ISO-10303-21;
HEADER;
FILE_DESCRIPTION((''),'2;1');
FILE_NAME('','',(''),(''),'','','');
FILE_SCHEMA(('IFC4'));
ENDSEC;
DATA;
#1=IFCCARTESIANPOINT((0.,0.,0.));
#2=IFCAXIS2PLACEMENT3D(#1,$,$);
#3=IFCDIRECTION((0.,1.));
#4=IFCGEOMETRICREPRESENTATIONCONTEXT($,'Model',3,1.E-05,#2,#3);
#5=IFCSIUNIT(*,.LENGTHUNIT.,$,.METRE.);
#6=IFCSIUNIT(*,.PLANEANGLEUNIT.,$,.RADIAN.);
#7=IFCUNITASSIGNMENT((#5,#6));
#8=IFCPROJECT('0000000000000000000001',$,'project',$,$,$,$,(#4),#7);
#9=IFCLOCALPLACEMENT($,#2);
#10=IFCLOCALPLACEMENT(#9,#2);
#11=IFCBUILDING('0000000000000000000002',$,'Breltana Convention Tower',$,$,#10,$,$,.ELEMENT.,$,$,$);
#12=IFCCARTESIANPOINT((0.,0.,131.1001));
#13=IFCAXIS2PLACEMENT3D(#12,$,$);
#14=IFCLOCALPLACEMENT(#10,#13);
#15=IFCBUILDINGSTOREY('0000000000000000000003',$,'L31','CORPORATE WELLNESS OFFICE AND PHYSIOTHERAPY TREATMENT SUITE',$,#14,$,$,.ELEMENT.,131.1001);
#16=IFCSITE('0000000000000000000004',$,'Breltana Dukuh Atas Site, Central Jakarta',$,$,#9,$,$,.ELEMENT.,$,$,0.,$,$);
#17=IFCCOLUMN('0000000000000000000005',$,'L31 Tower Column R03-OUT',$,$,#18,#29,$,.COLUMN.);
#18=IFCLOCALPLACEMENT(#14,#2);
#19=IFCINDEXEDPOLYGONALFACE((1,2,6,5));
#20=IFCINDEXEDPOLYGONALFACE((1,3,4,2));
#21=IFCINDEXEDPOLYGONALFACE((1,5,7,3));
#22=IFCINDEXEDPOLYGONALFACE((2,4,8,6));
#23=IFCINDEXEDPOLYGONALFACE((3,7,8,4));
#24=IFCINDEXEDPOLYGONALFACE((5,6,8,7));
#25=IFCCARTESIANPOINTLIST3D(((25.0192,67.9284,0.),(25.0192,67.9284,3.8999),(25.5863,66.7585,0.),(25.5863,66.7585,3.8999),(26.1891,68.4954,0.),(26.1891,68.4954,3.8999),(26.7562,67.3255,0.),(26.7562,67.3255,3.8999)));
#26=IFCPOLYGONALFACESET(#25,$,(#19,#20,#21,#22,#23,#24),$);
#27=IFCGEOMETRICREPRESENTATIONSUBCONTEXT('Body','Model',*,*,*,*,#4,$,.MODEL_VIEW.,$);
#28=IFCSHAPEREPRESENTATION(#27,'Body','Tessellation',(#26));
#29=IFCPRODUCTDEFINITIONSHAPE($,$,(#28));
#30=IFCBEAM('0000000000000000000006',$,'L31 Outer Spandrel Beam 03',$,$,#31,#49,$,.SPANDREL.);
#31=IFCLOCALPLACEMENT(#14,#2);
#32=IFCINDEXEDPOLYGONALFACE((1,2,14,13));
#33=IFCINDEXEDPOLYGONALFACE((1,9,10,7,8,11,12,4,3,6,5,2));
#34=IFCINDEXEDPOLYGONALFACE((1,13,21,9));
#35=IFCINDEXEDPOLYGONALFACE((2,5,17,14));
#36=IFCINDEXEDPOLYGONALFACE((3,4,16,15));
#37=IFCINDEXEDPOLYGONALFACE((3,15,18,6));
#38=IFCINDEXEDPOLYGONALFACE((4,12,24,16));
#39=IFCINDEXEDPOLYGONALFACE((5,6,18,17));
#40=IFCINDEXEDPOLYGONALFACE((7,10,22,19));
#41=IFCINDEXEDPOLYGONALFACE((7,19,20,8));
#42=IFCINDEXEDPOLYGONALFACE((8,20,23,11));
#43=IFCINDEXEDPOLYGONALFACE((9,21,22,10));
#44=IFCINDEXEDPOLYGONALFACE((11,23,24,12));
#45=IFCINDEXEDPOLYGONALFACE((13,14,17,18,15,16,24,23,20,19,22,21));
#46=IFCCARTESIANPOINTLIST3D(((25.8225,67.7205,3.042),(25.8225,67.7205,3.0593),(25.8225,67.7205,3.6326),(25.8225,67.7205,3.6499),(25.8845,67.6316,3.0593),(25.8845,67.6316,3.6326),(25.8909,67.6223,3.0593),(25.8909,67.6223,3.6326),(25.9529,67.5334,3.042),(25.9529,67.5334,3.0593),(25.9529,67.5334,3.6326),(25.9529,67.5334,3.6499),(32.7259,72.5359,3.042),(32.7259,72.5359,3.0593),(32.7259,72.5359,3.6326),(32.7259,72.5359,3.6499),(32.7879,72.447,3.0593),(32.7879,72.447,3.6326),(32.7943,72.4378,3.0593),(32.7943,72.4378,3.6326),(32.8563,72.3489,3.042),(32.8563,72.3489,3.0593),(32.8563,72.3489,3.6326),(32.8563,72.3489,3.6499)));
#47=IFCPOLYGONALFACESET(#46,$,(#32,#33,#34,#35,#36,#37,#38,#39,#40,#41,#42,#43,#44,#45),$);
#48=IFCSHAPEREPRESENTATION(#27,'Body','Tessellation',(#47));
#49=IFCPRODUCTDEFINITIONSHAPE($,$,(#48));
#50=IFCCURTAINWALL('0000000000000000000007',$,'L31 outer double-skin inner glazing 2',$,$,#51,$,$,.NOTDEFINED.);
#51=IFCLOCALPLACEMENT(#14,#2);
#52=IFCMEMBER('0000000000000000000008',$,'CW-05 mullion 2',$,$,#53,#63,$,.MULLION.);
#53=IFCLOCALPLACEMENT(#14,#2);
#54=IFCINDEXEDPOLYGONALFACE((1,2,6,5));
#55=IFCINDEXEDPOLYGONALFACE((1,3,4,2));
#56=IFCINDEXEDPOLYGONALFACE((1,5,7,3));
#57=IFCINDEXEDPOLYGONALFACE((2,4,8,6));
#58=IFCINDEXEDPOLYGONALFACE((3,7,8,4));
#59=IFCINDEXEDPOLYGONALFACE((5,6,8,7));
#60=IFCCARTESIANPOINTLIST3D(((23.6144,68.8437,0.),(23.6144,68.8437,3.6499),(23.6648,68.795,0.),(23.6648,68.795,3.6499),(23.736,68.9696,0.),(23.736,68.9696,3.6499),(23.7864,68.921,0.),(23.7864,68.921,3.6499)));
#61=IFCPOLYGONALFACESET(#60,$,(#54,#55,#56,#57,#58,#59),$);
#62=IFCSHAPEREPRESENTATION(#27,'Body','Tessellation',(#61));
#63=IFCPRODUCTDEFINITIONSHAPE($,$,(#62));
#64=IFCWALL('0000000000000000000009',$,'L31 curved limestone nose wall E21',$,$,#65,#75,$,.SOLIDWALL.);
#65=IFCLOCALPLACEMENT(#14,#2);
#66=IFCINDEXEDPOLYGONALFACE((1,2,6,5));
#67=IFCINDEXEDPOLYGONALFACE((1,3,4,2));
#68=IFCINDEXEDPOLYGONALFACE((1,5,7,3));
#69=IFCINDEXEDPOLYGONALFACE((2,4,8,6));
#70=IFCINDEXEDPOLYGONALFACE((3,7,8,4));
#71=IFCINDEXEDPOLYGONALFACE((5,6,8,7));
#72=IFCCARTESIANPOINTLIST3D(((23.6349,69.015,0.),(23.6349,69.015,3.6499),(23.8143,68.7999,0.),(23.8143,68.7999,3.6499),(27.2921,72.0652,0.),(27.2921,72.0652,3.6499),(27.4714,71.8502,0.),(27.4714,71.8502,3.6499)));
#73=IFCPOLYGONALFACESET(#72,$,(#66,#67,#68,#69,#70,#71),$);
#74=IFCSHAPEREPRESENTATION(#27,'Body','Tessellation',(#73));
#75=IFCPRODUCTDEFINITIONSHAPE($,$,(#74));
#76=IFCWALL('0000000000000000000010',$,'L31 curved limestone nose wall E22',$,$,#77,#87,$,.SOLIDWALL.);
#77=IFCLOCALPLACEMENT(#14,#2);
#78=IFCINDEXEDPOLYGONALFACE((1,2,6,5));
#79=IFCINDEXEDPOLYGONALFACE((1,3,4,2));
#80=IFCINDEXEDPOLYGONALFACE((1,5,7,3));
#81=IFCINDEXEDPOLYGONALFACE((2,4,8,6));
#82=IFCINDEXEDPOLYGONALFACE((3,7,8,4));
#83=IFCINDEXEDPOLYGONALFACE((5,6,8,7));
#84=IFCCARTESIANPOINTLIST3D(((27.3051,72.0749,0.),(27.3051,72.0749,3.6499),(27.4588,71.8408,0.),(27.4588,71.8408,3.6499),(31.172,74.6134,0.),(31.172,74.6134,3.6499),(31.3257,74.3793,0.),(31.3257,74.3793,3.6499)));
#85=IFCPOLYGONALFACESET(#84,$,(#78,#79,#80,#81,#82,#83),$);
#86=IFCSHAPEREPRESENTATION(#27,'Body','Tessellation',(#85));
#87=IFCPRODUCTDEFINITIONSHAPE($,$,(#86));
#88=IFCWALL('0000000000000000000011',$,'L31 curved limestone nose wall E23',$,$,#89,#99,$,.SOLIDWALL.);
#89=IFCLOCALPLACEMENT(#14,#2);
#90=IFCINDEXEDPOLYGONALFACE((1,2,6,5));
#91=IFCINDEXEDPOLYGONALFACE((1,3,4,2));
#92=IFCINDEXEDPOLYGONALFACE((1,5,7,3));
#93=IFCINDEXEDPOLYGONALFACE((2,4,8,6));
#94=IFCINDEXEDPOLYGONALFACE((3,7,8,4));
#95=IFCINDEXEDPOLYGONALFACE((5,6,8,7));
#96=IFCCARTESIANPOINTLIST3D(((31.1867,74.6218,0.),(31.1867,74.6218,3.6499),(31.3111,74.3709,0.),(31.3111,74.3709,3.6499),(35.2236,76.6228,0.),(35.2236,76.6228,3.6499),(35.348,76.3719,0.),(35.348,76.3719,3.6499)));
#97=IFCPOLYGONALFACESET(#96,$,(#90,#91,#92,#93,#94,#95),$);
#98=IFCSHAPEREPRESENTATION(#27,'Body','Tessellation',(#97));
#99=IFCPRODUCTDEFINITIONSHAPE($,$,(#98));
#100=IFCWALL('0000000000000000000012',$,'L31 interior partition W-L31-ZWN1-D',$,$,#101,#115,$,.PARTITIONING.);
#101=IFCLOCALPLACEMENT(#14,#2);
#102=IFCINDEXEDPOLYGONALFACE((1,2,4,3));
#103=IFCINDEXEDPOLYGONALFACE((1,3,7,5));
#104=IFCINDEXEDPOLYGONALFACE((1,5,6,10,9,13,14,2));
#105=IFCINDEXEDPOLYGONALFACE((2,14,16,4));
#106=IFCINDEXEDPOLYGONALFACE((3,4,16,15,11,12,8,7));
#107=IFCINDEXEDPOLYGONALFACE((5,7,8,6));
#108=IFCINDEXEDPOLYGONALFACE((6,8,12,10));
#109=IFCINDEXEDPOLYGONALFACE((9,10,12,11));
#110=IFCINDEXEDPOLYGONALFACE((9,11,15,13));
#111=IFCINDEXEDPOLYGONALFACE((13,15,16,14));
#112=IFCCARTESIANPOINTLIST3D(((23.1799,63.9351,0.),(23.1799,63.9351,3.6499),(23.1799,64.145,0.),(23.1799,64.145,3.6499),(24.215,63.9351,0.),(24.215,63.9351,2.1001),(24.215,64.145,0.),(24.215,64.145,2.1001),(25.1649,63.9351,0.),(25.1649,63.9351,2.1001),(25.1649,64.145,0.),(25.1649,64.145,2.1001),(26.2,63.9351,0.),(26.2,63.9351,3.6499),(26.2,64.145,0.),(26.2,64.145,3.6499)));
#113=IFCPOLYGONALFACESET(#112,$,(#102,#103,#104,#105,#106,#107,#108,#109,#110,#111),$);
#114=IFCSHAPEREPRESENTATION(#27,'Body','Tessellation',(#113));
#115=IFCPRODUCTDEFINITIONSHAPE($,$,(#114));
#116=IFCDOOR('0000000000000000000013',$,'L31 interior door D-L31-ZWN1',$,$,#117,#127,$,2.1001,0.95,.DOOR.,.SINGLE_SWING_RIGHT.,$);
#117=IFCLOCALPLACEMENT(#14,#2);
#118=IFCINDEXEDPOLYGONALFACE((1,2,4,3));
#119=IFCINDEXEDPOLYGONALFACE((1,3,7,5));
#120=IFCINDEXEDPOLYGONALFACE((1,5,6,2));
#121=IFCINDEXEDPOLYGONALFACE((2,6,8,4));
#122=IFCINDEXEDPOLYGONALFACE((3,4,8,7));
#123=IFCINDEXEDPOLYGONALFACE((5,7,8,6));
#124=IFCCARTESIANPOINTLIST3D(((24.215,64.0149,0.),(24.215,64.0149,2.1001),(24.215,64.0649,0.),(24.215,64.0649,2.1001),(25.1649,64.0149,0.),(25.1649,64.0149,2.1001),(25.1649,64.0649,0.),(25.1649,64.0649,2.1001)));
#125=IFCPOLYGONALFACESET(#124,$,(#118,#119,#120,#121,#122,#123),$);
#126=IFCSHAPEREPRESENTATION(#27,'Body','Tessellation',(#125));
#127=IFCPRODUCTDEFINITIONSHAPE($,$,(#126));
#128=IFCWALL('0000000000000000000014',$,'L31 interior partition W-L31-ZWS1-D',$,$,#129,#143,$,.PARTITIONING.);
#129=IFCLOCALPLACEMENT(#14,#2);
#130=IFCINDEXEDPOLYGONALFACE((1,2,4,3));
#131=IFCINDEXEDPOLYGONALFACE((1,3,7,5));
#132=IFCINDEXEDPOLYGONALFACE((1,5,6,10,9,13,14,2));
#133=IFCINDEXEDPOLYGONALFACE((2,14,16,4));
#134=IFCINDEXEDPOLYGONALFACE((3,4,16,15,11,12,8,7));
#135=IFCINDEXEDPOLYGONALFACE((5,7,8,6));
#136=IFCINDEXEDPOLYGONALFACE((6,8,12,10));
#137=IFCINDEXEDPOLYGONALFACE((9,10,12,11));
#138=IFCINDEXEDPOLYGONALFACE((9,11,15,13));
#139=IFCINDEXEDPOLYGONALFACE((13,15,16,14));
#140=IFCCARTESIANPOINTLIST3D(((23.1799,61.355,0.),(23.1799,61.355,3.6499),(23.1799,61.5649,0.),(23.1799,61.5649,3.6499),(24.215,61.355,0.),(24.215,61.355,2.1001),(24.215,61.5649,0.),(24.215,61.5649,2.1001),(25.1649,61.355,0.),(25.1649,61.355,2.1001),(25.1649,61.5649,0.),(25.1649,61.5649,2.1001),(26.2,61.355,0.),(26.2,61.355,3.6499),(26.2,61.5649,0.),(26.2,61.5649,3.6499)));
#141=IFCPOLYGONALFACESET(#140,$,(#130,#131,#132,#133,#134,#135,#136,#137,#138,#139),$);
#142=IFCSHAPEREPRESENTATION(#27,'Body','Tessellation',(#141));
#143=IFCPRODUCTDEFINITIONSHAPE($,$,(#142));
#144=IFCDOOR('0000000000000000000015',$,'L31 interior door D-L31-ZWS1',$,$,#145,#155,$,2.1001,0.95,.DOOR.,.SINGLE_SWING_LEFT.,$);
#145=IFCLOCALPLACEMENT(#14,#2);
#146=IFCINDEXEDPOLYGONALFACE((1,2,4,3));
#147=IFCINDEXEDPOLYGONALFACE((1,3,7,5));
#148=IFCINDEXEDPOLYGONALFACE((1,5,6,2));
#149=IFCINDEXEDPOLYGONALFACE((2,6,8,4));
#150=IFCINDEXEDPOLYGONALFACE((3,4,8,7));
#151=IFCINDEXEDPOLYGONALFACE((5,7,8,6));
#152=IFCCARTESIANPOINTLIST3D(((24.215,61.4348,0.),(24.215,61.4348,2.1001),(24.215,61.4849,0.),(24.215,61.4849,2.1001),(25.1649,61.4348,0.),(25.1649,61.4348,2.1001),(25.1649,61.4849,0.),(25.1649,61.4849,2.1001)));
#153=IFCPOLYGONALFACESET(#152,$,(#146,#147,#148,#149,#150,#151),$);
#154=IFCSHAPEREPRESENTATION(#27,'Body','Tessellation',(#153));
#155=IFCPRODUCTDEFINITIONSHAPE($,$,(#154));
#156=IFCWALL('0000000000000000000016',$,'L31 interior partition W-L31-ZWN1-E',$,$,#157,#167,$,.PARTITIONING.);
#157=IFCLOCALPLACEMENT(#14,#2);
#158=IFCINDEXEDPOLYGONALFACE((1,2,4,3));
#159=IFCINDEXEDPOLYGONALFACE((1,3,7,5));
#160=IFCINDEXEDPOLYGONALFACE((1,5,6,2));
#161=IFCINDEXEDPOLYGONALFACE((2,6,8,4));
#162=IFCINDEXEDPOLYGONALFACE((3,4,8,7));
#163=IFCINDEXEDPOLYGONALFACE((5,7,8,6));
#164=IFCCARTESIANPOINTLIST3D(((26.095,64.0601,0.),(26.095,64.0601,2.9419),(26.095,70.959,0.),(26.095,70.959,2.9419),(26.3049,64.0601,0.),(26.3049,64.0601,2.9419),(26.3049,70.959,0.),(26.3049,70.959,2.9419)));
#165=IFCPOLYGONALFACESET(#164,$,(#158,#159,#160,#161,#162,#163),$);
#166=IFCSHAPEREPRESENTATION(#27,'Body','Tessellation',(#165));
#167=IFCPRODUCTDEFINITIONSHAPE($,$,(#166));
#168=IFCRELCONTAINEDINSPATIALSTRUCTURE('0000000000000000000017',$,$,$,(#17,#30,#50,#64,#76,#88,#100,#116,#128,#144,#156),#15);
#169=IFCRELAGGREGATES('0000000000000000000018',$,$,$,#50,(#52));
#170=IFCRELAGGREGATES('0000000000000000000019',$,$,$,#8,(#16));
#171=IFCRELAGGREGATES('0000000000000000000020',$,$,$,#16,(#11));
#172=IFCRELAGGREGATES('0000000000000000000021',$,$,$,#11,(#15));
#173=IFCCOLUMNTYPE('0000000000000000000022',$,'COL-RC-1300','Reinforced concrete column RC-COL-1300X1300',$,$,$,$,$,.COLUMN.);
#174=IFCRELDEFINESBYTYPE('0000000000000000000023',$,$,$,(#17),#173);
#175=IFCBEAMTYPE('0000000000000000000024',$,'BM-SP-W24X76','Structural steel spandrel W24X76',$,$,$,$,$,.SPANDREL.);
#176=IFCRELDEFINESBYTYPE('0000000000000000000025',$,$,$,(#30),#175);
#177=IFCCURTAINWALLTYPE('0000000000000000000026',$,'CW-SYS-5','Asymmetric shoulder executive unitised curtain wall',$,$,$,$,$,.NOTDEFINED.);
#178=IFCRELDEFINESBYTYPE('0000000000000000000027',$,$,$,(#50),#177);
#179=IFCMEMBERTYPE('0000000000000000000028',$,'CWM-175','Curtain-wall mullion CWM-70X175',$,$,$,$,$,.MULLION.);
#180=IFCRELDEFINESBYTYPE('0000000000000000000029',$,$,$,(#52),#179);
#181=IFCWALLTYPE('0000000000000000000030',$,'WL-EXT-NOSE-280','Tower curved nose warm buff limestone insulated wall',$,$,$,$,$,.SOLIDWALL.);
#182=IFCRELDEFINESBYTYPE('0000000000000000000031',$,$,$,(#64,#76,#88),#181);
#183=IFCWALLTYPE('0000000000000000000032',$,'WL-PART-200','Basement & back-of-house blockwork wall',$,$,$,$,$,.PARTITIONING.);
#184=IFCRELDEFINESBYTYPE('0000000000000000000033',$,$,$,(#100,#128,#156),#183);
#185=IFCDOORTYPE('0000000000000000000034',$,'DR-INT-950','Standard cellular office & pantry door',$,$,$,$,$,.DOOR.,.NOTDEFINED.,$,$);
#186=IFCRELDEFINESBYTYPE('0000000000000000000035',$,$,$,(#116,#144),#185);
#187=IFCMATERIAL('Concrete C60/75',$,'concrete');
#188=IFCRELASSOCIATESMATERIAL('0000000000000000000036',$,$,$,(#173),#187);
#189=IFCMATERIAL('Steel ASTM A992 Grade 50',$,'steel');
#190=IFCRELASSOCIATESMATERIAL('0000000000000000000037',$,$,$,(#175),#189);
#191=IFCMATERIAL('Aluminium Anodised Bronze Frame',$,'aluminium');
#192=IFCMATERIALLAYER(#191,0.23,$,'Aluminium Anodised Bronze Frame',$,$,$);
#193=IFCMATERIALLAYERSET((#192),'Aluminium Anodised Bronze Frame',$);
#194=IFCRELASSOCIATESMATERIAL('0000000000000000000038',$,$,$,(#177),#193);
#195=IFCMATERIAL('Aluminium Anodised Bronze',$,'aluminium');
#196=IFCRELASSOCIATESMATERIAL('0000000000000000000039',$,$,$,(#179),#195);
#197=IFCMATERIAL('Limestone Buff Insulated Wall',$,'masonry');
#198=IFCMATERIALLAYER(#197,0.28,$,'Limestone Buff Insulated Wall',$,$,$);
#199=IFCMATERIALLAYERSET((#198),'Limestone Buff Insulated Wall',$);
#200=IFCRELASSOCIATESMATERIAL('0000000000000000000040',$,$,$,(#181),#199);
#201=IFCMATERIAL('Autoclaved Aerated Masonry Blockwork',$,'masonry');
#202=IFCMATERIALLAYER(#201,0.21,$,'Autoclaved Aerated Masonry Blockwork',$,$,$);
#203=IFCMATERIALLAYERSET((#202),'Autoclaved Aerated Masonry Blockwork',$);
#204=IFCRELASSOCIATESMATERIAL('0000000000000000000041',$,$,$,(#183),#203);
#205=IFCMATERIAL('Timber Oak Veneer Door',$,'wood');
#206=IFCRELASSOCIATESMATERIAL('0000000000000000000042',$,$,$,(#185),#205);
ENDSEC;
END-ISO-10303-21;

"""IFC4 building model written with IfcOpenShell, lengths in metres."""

from ifc_helpers import new_model, si_unit, direction, frame, frame_2d, origin, origin_2d, place, context, subcontext, project, spatial, rectangle, i_section, extrude, source, transform, mapped, material, layer, layer_set, material_profile, profile_set, type_object, type_shapes, element, fill, aggregate, save


model = new_model("IFC4")

# Units and contexts
model_context = context("Model", 3, precision=1e-05, world=origin(), true_north=direction((0.0, 1.0)))
body_context = subcontext(model_context, "Body", "Model", "MODEL_VIEW")
ifc_project = project(units=[si_unit("LENGTHUNIT", "METRE"), si_unit("PLANEANGLEUNIT", "RADIAN")], contexts=[model_context])

# Site, building, storey
site_placement = place(None, origin())
site = spatial("IfcSite", under=ifc_project, at=site_placement, Name="Breltana Dukuh Atas Site, Central Jakarta", CompositionType="ELEMENT", RefElevation=0.0)
building_placement = place(site_placement, origin())
building = spatial("IfcBuilding", under=site, at=building_placement, Name="Breltana Convention Tower", CompositionType="ELEMENT")
storey_placement = place(building_placement, frame((0.0, 0.0, 131.1001)))
storey = spatial("IfcBuildingStorey", under=building, at=storey_placement, Name="L31", Description="CORPORATE WELLNESS OFFICE AND PHYSIOTHERAPY TREATMENT SUITE", CompositionType="ELEMENT", Elevation=131.1001)

# Column
ifc_material_1 = material(Name="Concrete C60/75", Category="concrete")
ifc_material_profile_1 = material_profile(ifc_material_1, rectangle(XDim=1.3, YDim=1.3, at=origin_2d()), Name="RC-COL-1300X1300")
ifc_profile_set_1 = profile_set([ifc_material_profile_1], Name="Concrete C60/75")
column_type = type_object("IfcColumnType", Name="COL-RC-1300", Description="Reinforced concrete column RC-COL-1300X1300", PredefinedType="COLUMN", material=ifc_profile_set_1)
shared_shape_1 = source(origin(), body_context, "Body", "SweptSolid", [
    extrude(rectangle(XDim=1.3, YDim=1.3, at=origin_2d()), origin(), (0.0, 0.0, 1.0), 3.8999),
])
column_placement = place(storey_placement, frame((25.8877, 67.627, 0.0), z_axis=(0.0, 0.0, 1.0), x_axis=(-0.436174, 0.899863, 0.0)))
element("IfcColumn", 1, at=column_placement, inside=storey, type_object=column_type, Name="L31 Tower Column R03-OUT", PredefinedType="COLUMN", context=body_context, shape_type="MappedRepresentation", body=[
    mapped(shared_shape_1, transform((0.0, 0.0, 0.0), scale=1.0)),
])

# Beam
ifc_material_2 = material(Name="Steel ASTM A992 Grade 50", Category="steel")
ifc_material_profile_2 = material_profile(ifc_material_2, i_section(OverallWidth=0.228, OverallDepth=0.6079, WebThickness=0.0112, FlangeThickness=0.0173, at=origin_2d()), Name="W24X76")
ifc_profile_set_2 = profile_set([ifc_material_profile_2], Name="Steel ASTM A992 Grade 50")
beam_type = type_object("IfcBeamType", Name="BM-SP-W24X76", Description="Structural steel spandrel W24X76", PredefinedType="SPANDREL", material=ifc_profile_set_2)
shared_shape_2 = source(origin(), body_context, "Body", "SweptSolid", [
    extrude(i_section(OverallWidth=0.228, OverallDepth=0.6079, WebThickness=0.0112, FlangeThickness=0.0173, at=origin_2d()), origin(), (0.0, 0.0, 1.0), 8.417),
])
beam_placement = place(storey_placement, frame((25.8877, 67.627, 3.3459), z_axis=(0.820174, 0.572114, 0.0), x_axis=(-0.572114, 0.820174, 0.0)))
element("IfcBeam", 2, at=beam_placement, inside=storey, type_object=beam_type, Name="L31 Outer Spandrel Beam 03", PredefinedType="SPANDREL", context=body_context, shape_type="MappedRepresentation", body=[
    mapped(shared_shape_2, transform((0.0, 0.0, 0.0), scale=1.0)),
])

# Curtain wall, member
ifc_material_3 = material(Name="Aluminium Anodised Bronze Frame", Category="aluminium")
ifc_layer_1 = layer(ifc_material_3, 0.23, Name="Aluminium Anodised Bronze Frame")
ifc_layer_set_1 = layer_set([ifc_layer_1], Name="Aluminium Anodised Bronze Frame")
curtain_wall_type = type_object("IfcCurtainWallType", Name="CW-SYS-5", Description="Asymmetric shoulder executive unitised curtain wall", PredefinedType="NOTDEFINED", material=ifc_layer_set_1)
curtain_wall_placement = place(storey_placement, origin())
curtain_wall = element("IfcCurtainWall", 3, at=curtain_wall_placement, inside=storey, type_object=curtain_wall_type, Name="L31 outer double-skin inner glazing 2", PredefinedType="NOTDEFINED")
ifc_material_4 = material(Name="Aluminium Anodised Bronze", Category="aluminium")
ifc_material_profile_3 = material_profile(ifc_material_4, rectangle(XDim=0.0701, YDim=0.175, at=origin_2d()), Name="CWM-70X175")
ifc_profile_set_3 = profile_set([ifc_material_profile_3], Name="Aluminium Anodised Bronze")
member_type = type_object("IfcMemberType", Name="CWM-175", Description="Curtain-wall mullion CWM-70X175", PredefinedType="MULLION", material=ifc_profile_set_3)
shared_shape_3 = source(origin(), body_context, "Body", "SweptSolid", [
    extrude(rectangle(XDim=0.0701, YDim=0.175, at=origin_2d()), origin(), (0.0, 0.0, 1.0), 3.6499),
])
member_placement = place(storey_placement, frame((23.7004, 68.8823, 0.0), z_axis=(0.0, 0.0, 1.0), x_axis=(-0.719385, 0.694612, 0.0)))
member = element("IfcMember", 4, at=member_placement, type_object=member_type, Name="CW-05 mullion 2", PredefinedType="MULLION", context=body_context, shape_type="MappedRepresentation", body=[
    mapped(shared_shape_3, transform((0.0, 0.0, 0.0), scale=1.0)),
])
aggregate(curtain_wall, [member])

# Walls
ifc_material_5 = material(Name="Limestone Buff Insulated Wall", Category="masonry")
ifc_layer_2 = layer(ifc_material_5, 0.28, Name="Limestone Buff Insulated Wall")
ifc_layer_set_2 = layer_set([ifc_layer_2], Name="Limestone Buff Insulated Wall")
wall_type_1 = type_object("IfcWallType", Name="WL-EXT-NOSE-280", Description="Tower curved nose warm buff limestone insulated wall", PredefinedType="SOLIDWALL", material=ifc_layer_set_2)
shared_shape_4 = source(origin(), body_context, "Body", "SweptSolid", [
    extrude(rectangle(XDim=4.7622, YDim=0.28, at=frame_2d((2.3811, 0.0))), origin(), (0.0, 0.0, 1.0), 3.6499),
])
wall_1_placement = place(storey_placement, frame((23.7246, 68.9075, 0.0), z_axis=(0.0, 0.0, 1.0), x_axis=(0.767952, 0.640507, 0.0)))
element("IfcWall", 5, at=wall_1_placement, inside=storey, type_object=wall_type_1, Name="L31 curved limestone nose wall E21", PredefinedType="SOLIDWALL", context=body_context, shape_type="MappedRepresentation", body=[
    mapped(shared_shape_4, transform((0.0, 0.0, 0.0), scale=1.0)),
])
shared_shape_5 = source(origin(), body_context, "Body", "SweptSolid", [
    extrude(rectangle(XDim=4.6257, YDim=0.28, at=frame_2d((2.313, 0.0))), origin(), (0.0, 0.0, 1.0), 3.6499),
])
wall_2_placement = place(storey_placement, frame((27.3818, 71.9578, 0.0), z_axis=(0.0, 0.0, 1.0), x_axis=(0.835959, 0.548791, 0.0)))
element("IfcWall", 6, at=wall_2_placement, inside=storey, type_object=wall_type_1, Name="L31 curved limestone nose wall E22", PredefinedType="SOLIDWALL", context=body_context, shape_type="MappedRepresentation", body=[
    mapped(shared_shape_5, transform((0.0, 0.0, 0.0), scale=1.0)),
])
shared_shape_6 = source(origin(), body_context, "Body", "SweptSolid", [
    extrude(rectangle(XDim=4.5056, YDim=0.28, at=frame_2d((2.2529, 0.0))), origin(), (0.0, 0.0, 1.0), 3.6499),
])
wall_3_placement = place(storey_placement, frame((31.2488, 74.4963, 0.0), z_axis=(0.0, 0.0, 1.0), x_axis=(0.895972, 0.444111, 0.0)))
element("IfcWall", 7, at=wall_3_placement, inside=storey, type_object=wall_type_1, Name="L31 curved limestone nose wall E23", PredefinedType="SOLIDWALL", context=body_context, shape_type="MappedRepresentation", body=[
    mapped(shared_shape_6, transform((0.0, 0.0, 0.0), scale=1.0)),
])

# Walls, openings, doors
ifc_material_6 = material(Name="Autoclaved Aerated Masonry Blockwork", Category="masonry")
ifc_layer_3 = layer(ifc_material_6, 0.21, Name="Autoclaved Aerated Masonry Blockwork")
ifc_layer_set_3 = layer_set([ifc_layer_3], Name="Autoclaved Aerated Masonry Blockwork")
wall_type_2 = type_object("IfcWallType", Name="WL-PART-200", Description="Basement & back-of-house blockwork wall", PredefinedType="PARTITIONING", material=ifc_layer_set_3)
shared_shape_7 = source(origin(), body_context, "Body", "SweptSolid", [
    extrude(rectangle(XDim=3.02, YDim=0.21, at=frame_2d((1.51, 0.0))), origin(), (0.0, 0.0, 1.0), 3.6499),
])
wall_4_placement = place(storey_placement, frame((23.1799, 64.04, 0.0), z_axis=(0.0, 0.0, 1.0), x_axis=(1.0, 0.0, 0.0)))
wall_4 = element("IfcWall", 8, at=wall_4_placement, inside=storey, type_object=wall_type_2, Name="L31 interior partition W-L31-ZWN1-D", PredefinedType="PARTITIONING", context=body_context, shape_type="MappedRepresentation", body=[
    mapped(shared_shape_7, transform((0.0, 0.0, 0.0), scale=1.0)),
])
opening_1_placement = place(wall_4_placement, frame((1.0349, 0.0, 0.0)))
opening_1 = element("IfcOpeningElement", 9, at=opening_1_placement, cuts=wall_4, PredefinedType="OPENING", context=body_context, shape_type="SweptSolid", body=[
    extrude(rectangle(XDim=0.95, YDim=2.1001, at=frame_2d((0.4751, 1.05))), frame((0.0, 0.115, 0.0), z_axis=(0.0, -1.0, 0.0), x_axis=(1.0, 0.0, 0.0)), (0.0, 0.0, 1.0), 0.23),
])
ifc_material_7 = material(Name="Timber Oak Veneer Door", Category="wood")
door_type = type_object("IfcDoorType", Name="DR-INT-950", Description="Standard cellular office & pantry door", OperationType="NOTDEFINED", PredefinedType="DOOR", material=ifc_material_7)
shared_shape_8 = source(origin(), body_context, "Body", "SweptSolid", [
    extrude(rectangle(XDim=0.95, YDim=2.1001, at=frame_2d((0.4751, 1.05))), frame((0.0, 0.0249, 0.0), z_axis=(0.0, -1.0, 0.0), x_axis=(1.0, 0.0, 0.0)), (0.0, 0.0, 1.0), 0.05),
])
type_shapes(door_type, [shared_shape_8])
door_1_placement = place(opening_1_placement, origin())
door_1 = element("IfcDoor", 10, at=door_1_placement, inside=storey, type_object=door_type, Name="L31 interior door D-L31-ZWN1", OperationType="SINGLE_SWING_RIGHT", OverallHeight=2.1001, OverallWidth=0.95, PredefinedType="DOOR", context=body_context, shape_type="MappedRepresentation", body=[
    mapped(shared_shape_8, transform((0.0, 0.0, 0.0), scale=1.0)),
])
fill(opening_1, door_1)
wall_5_placement = place(storey_placement, frame((23.1799, 61.46, 0.0), z_axis=(0.0, 0.0, 1.0), x_axis=(1.0, 0.0, 0.0)))
wall_5 = element("IfcWall", 11, at=wall_5_placement, inside=storey, type_object=wall_type_2, Name="L31 interior partition W-L31-ZWS1-D", PredefinedType="PARTITIONING", context=body_context, shape_type="MappedRepresentation", body=[
    mapped(shared_shape_7, transform((0.0, 0.0, 0.0), scale=1.0)),
])
opening_2_placement = place(wall_5_placement, frame((1.0349, 0.0, 0.0)))
opening_2 = element("IfcOpeningElement", 12, at=opening_2_placement, cuts=wall_5, PredefinedType="OPENING", context=body_context, shape_type="SweptSolid", body=[
    extrude(rectangle(XDim=0.95, YDim=2.1001, at=frame_2d((0.4751, 1.05))), frame((0.0, 0.115, 0.0), z_axis=(0.0, -1.0, 0.0), x_axis=(1.0, 0.0, 0.0)), (0.0, 0.0, 1.0), 0.23),
])
door_2_placement = place(opening_2_placement, origin())
door_2 = element("IfcDoor", 13, at=door_2_placement, inside=storey, type_object=door_type, Name="L31 interior door D-L31-ZWS1", OperationType="SINGLE_SWING_LEFT", OverallHeight=2.1001, OverallWidth=0.95, PredefinedType="DOOR", context=body_context, shape_type="MappedRepresentation", body=[
    mapped(shared_shape_8, transform((0.0, 0.0, 0.0), scale=1.0)),
])
fill(opening_2, door_2)

# Wall
shared_shape_9 = source(origin(), body_context, "Body", "SweptSolid", [
    extrude(rectangle(XDim=6.8989, YDim=0.21, at=frame_2d((3.4495, 0.0))), origin(), (0.0, 0.0, 1.0), 2.9419),
])
wall_6_placement = place(storey_placement, frame((26.2, 64.0601, 0.0), z_axis=(0.0, 0.0, 1.0), x_axis=(0.0, 1.0, 0.0)))
element("IfcWall", 14, at=wall_6_placement, inside=storey, type_object=wall_type_2, Name="L31 interior partition W-L31-ZWN1-E", PredefinedType="PARTITIONING", context=body_context, shape_type="MappedRepresentation", body=[
    mapped(shared_shape_9, transform((0.0, 0.0, 0.0), scale=1.0)),
])

save(model, "model.ifc")
